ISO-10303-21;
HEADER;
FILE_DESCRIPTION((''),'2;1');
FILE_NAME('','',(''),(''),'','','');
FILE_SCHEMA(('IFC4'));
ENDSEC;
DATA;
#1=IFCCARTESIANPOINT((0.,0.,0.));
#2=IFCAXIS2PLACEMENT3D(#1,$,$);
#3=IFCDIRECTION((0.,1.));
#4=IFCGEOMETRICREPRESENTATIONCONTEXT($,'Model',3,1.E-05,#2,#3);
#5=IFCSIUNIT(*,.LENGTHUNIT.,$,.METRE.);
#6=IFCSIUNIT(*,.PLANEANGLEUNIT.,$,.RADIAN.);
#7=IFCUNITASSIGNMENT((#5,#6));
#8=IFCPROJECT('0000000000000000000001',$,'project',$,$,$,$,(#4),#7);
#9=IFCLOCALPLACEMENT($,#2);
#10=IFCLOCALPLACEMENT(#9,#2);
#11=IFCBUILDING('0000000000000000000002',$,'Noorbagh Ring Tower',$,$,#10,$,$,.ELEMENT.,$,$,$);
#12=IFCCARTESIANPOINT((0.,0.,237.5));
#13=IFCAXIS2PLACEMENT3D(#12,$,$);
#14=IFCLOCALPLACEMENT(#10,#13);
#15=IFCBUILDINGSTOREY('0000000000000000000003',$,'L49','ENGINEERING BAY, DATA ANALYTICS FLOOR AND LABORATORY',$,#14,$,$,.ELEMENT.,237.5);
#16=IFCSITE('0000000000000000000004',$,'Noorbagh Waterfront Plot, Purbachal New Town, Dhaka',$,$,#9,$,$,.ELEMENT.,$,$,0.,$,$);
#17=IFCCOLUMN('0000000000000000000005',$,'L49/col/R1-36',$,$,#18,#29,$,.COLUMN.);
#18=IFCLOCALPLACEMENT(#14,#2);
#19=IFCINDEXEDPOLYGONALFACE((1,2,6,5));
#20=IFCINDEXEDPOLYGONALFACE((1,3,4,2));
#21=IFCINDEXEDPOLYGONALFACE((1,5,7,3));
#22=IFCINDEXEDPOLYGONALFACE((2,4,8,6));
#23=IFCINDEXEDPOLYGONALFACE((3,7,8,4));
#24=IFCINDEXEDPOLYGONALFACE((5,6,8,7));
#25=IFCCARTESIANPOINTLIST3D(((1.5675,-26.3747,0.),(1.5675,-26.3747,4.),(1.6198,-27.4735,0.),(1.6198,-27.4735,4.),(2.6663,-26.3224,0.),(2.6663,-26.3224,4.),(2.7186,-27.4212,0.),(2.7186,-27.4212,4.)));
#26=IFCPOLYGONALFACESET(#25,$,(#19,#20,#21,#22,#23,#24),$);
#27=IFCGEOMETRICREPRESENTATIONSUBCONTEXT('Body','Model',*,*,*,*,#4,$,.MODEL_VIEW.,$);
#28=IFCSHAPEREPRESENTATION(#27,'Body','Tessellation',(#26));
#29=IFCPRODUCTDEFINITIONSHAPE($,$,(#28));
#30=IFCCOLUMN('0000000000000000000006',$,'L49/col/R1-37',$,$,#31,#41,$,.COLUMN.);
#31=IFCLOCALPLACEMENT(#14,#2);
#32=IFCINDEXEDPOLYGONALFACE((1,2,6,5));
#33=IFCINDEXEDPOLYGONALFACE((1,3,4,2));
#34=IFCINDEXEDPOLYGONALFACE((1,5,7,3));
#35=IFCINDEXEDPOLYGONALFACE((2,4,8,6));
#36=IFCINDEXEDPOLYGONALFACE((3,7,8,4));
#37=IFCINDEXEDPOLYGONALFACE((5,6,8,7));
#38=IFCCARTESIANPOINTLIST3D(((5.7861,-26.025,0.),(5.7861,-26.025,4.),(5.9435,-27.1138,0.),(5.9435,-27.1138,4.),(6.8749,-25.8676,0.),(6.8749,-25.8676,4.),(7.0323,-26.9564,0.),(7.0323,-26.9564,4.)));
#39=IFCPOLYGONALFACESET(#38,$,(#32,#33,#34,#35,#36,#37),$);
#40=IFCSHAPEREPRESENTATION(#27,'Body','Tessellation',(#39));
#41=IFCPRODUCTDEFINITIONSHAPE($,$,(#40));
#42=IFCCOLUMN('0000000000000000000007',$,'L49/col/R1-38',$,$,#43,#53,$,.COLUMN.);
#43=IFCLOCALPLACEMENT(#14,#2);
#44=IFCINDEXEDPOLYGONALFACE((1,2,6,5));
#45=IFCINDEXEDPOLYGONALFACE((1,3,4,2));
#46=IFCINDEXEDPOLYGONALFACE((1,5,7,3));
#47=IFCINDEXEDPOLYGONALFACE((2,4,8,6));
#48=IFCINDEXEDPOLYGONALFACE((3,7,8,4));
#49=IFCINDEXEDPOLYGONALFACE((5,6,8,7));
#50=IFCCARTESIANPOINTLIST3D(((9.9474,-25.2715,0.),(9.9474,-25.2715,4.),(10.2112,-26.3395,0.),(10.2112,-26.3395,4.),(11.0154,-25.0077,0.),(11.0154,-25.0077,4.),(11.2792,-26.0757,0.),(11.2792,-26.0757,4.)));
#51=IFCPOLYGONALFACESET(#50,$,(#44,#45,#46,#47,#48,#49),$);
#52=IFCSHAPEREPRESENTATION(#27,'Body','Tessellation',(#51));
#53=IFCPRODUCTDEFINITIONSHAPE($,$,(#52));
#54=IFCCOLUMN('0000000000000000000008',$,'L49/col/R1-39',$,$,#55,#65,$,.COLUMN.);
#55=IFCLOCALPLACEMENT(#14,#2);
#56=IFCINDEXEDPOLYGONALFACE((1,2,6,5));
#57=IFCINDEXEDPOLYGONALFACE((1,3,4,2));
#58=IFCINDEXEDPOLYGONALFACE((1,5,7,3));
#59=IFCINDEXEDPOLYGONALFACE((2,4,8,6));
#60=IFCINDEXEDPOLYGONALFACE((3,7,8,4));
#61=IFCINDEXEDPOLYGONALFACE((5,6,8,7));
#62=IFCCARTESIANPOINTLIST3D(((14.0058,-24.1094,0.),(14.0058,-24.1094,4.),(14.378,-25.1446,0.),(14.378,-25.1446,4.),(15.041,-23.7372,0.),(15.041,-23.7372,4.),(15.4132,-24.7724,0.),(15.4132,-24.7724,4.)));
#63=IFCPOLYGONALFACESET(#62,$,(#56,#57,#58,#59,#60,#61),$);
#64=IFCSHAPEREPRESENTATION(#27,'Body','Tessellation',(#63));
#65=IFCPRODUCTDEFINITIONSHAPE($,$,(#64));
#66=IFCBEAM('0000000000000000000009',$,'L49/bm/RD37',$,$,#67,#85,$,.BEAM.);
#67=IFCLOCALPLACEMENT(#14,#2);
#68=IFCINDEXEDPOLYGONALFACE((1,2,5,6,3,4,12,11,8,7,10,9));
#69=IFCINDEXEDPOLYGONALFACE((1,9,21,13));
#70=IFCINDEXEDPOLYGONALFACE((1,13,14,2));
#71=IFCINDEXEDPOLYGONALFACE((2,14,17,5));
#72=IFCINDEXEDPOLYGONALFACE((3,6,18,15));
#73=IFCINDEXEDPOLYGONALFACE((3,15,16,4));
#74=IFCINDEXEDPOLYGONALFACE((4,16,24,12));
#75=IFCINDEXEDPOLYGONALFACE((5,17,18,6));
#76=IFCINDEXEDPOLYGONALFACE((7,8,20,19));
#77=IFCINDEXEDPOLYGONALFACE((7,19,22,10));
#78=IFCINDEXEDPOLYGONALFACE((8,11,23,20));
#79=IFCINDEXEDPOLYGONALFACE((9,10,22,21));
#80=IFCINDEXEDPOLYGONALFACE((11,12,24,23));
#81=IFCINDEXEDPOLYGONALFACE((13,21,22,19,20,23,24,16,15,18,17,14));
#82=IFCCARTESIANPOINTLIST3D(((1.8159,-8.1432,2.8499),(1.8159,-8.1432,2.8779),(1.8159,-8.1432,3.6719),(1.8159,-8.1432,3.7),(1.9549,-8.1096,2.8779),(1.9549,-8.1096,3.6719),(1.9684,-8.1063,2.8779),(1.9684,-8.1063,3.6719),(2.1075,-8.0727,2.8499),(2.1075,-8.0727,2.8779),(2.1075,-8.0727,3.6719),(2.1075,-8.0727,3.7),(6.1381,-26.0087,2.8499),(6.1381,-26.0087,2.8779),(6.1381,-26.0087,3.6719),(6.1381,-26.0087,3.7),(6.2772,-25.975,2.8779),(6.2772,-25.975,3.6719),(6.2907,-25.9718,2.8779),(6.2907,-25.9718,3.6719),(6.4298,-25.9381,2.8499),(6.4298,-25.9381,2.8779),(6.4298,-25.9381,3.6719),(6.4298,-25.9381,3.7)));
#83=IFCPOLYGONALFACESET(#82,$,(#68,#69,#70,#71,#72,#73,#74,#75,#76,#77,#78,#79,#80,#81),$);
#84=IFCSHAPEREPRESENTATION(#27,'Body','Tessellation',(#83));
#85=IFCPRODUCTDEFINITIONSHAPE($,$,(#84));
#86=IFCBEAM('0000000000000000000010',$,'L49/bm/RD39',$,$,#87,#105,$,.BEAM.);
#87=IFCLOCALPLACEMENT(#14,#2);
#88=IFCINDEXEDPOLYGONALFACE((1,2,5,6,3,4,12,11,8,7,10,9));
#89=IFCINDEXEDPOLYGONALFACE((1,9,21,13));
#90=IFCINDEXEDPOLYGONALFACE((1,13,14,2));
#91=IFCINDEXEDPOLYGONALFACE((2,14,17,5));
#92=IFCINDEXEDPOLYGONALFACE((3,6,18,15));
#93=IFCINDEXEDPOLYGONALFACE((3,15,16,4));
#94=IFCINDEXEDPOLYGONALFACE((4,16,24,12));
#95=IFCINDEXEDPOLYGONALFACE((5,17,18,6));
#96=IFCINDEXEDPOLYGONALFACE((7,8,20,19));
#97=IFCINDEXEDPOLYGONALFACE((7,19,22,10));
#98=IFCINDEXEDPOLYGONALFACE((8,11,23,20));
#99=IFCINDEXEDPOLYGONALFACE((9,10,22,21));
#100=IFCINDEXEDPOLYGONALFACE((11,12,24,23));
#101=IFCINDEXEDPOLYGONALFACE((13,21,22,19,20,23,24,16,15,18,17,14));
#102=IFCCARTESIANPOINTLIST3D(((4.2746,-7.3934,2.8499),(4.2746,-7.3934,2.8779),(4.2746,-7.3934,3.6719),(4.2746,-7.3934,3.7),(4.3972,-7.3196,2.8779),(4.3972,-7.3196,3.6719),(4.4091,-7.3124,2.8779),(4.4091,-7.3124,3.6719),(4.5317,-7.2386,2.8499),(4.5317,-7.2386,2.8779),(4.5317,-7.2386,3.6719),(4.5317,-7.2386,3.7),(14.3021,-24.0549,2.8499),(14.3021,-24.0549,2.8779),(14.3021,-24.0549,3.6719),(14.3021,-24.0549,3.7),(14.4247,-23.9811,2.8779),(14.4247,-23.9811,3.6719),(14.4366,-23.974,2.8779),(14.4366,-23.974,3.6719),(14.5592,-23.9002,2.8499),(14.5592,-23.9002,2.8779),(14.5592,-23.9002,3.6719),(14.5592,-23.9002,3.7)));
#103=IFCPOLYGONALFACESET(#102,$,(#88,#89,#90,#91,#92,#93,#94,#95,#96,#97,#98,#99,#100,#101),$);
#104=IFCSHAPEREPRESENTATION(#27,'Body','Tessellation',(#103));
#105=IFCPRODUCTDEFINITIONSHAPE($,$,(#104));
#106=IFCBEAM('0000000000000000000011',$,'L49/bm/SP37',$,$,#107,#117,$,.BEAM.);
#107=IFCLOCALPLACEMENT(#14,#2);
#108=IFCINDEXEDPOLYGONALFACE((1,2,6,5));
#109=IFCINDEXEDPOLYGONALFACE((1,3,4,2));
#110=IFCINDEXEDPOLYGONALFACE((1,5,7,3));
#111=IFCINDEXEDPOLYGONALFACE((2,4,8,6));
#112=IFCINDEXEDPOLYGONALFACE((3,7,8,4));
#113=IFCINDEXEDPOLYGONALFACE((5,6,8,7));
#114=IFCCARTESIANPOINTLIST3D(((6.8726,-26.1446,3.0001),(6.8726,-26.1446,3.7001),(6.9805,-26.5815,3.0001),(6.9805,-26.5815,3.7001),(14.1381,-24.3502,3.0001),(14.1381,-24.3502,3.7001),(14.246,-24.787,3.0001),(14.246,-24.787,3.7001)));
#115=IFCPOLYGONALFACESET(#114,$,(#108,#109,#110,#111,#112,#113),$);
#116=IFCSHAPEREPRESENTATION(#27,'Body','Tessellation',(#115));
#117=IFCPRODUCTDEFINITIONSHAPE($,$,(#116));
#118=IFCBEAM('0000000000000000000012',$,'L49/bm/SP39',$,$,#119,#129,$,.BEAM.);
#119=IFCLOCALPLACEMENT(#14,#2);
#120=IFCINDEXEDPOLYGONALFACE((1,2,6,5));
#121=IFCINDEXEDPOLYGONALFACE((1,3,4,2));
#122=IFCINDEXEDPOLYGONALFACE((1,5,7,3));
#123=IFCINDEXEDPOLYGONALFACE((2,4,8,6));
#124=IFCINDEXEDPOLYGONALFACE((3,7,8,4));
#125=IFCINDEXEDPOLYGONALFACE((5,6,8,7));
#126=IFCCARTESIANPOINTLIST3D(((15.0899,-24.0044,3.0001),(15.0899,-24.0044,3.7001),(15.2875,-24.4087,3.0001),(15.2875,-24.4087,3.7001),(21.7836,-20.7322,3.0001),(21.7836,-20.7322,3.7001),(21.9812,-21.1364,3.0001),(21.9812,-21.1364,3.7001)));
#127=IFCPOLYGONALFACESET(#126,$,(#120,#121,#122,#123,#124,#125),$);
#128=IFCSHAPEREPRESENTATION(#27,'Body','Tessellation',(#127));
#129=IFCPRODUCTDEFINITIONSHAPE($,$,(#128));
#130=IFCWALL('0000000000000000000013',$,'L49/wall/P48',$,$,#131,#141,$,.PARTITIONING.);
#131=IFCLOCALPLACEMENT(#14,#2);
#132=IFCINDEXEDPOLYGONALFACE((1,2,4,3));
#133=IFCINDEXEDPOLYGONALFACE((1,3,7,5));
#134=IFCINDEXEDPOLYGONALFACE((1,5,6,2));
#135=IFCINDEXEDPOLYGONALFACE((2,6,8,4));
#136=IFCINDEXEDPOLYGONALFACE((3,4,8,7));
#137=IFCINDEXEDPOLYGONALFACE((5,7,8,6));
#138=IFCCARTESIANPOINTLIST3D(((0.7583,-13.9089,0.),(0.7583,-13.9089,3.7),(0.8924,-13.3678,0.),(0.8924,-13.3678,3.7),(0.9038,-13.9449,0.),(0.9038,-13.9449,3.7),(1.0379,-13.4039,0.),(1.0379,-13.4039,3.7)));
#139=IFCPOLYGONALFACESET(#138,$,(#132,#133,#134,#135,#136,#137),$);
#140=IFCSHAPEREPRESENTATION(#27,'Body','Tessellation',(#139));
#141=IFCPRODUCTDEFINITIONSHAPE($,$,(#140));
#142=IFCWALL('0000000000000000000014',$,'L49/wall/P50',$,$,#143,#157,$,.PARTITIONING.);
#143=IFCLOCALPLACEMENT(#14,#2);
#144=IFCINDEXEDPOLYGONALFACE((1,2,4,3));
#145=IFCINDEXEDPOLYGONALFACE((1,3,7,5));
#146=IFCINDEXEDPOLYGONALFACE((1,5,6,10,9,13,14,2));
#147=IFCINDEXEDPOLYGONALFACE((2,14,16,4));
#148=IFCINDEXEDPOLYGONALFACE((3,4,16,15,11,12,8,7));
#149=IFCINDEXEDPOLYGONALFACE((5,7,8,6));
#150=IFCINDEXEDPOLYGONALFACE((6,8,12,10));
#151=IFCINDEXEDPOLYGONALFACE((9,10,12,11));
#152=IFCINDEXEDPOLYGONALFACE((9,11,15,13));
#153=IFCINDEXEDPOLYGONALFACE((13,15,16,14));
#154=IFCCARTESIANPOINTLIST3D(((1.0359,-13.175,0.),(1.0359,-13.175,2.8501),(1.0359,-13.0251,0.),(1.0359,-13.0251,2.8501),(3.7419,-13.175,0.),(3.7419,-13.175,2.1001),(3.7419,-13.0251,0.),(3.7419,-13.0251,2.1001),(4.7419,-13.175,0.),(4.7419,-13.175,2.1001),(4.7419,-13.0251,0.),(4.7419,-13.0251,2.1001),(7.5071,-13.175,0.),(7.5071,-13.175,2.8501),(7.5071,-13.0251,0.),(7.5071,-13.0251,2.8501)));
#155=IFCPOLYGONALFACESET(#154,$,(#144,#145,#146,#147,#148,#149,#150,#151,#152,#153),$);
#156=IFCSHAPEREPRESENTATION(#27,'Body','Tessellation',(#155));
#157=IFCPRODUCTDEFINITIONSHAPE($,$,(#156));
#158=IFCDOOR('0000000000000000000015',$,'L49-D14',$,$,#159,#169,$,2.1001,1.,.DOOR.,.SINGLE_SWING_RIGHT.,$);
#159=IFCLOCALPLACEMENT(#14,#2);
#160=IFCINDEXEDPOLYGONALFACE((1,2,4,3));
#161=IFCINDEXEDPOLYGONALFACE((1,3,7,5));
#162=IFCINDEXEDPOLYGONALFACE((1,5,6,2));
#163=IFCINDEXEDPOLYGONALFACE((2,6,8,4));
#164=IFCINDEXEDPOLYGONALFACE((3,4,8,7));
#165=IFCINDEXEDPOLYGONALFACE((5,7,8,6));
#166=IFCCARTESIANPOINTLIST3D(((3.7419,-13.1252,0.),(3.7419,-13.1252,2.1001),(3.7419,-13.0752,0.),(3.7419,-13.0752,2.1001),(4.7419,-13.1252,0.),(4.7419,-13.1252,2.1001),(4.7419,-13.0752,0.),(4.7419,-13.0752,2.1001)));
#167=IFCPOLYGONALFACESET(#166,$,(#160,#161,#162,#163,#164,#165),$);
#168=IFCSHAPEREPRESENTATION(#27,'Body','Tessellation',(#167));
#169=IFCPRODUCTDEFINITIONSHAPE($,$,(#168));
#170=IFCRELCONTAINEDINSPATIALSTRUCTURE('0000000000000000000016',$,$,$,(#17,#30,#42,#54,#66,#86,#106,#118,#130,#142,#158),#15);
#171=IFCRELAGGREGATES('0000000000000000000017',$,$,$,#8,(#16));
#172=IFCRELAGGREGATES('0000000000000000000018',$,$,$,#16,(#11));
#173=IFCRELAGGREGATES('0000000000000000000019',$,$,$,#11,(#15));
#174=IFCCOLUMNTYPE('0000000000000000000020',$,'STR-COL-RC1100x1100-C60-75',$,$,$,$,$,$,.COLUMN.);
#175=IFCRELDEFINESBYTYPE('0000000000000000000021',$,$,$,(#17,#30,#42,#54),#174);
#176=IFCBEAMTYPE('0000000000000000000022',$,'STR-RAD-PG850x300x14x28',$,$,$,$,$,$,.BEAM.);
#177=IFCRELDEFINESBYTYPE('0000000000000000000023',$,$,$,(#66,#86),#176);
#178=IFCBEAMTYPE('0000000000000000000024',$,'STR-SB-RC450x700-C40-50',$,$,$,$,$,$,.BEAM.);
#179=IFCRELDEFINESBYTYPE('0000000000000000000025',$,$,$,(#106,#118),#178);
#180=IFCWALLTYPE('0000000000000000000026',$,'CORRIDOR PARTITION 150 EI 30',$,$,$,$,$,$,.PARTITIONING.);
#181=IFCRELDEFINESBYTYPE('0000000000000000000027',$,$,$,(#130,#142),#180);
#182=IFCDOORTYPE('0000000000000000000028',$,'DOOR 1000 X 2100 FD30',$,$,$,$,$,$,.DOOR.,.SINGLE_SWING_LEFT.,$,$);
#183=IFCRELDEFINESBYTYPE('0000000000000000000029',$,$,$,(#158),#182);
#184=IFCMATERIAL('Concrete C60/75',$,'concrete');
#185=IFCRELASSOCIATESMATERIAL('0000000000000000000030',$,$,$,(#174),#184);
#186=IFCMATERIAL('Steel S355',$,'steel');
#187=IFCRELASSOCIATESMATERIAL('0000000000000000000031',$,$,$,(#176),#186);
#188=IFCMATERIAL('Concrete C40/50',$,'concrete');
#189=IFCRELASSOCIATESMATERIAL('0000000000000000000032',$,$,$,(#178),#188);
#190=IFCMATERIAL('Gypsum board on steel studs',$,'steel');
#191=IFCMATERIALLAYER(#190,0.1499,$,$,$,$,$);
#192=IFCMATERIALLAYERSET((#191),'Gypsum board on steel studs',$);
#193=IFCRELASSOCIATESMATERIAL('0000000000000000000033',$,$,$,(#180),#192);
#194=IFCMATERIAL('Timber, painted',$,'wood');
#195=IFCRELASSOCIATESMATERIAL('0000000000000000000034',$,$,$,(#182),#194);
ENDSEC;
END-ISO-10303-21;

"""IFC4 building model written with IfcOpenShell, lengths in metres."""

from ifc_helpers import new_model, si_unit, direction, frame, frame_2d, origin, origin_2d, place, context, subcontext, project, spatial, rectangle, i_section, extrude, material, layer, layer_set, material_profile, profile_set, type_object, element, fill, save


model = new_model("IFC4")

# Units and contexts
model_context = context("Model", 3, precision=1e-05, world=origin(), true_north=direction((0.0, 1.0)))
body_context = subcontext(model_context, "Body", "Model", "MODEL_VIEW")
ifc_project = project(units=[si_unit("LENGTHUNIT", "METRE"), si_unit("PLANEANGLEUNIT", "RADIAN")], contexts=[model_context])

# Site, building, storey
site_placement = place(None, origin())
site = spatial("IfcSite", under=ifc_project, at=site_placement, Name="Noorbagh Waterfront Plot, Purbachal New Town, Dhaka", CompositionType="ELEMENT", RefElevation=0.0)
building_placement = place(site_placement, origin())
building = spatial("IfcBuilding", under=site, at=building_placement, Name="Noorbagh Ring Tower", CompositionType="ELEMENT")
storey_placement = place(building_placement, frame((0.0, 0.0, 237.5)))
storey = spatial("IfcBuildingStorey", under=building, at=storey_placement, Name="L49", Description="ENGINEERING BAY, DATA ANALYTICS FLOOR AND LABORATORY", CompositionType="ELEMENT", Elevation=237.5)

# Columns
ifc_material_1 = material(Name="Concrete C60/75", Category="concrete")
ifc_material_profile_1 = material_profile(ifc_material_1, rectangle(XDim=1.1001, YDim=1.1001, at=origin_2d()), Name="RC1100x1100")
ifc_profile_set_1 = profile_set([ifc_material_profile_1], Name="Concrete C60/75")
column_type = type_object("IfcColumnType", Name="STR-COL-RC1100x1100-C60-75", PredefinedType="COLUMN", material=ifc_profile_set_1)
for number, where, z_axis, x_axis, name in (
    (1, (2.1431, -26.8979, 0.0), (0.0, 0.0, 1.0), (0.998869, 0.047553, 0.0), "L49/col/R1-36"),
    (2, (6.4092, -26.4907, 0.0), (0.0, 0.0, 1.0), (0.989713, 0.143066, 0.0), "L49/col/R1-37"),
    (3, (10.6133, -25.6736, 0.0), (0.0, 0.0, 1.0), (0.970829, 0.239771, 0.0), "L49/col/R1-38"),
    (4, (14.7095, -24.4409, 0.0), (0.0, 0.0, 1.0), (0.941025, 0.338338, 0.0), "L49/col/R1-39"),
):
    element("IfcColumn", number, at=place(storey_placement, frame(where, z_axis=z_axis, x_axis=x_axis)), inside=storey, type_object=column_type, Name=name, PredefinedType="COLUMN", context=body_context, shape_type="SweptSolid", body=[
        extrude(rectangle(XDim=1.1001, YDim=1.1001, at=origin_2d()), origin(), (0.0, 0.0, 1.0), 4.0),
    ])

# Beams
ifc_material_2 = material(Name="Steel S355", Category="steel")
ifc_material_profile_2 = material_profile(ifc_material_2, i_section(OverallWidth=0.3, OverallDepth=0.8501, WebThickness=0.0139, FlangeThickness=0.0281, at=origin_2d()), Name="PG850x300x14x28")
ifc_profile_set_2 = profile_set([ifc_material_profile_2], Name="Steel S355")
beam_type_1 = type_object("IfcBeamType", Name="STR-RAD-PG850x300x14x28", PredefinedType="BEAM", material=ifc_profile_set_2)
beam_1_placement = place(storey_placement, frame((6.2839, -25.9734, 3.2749), z_axis=(-0.23515, 0.971959, 0.0), x_axis=(-0.971959, -0.23515, 0.0)))
element("IfcBeam", 5, at=beam_1_placement, inside=storey, type_object=beam_type_1, Name="L49/bm/RD37", PredefinedType="BEAM", context=body_context, shape_type="SweptSolid", body=[
    extrude(i_section(OverallWidth=0.3, OverallDepth=0.8501, WebThickness=0.0139, FlangeThickness=0.0281, at=origin_2d()), origin(), (0.0, 0.0, 1.0), 18.3809),
])
beam_2_placement = place(storey_placement, frame((14.4307, -23.9775, 3.2749), z_axis=(-0.515653, 0.856798, 0.0), x_axis=(-0.856798, -0.515653, 0.0)))
element("IfcBeam", 6, at=beam_2_placement, inside=storey, type_object=beam_type_1, Name="L49/bm/RD39", PredefinedType="BEAM", context=body_context, shape_type="SweptSolid", body=[
    extrude(i_section(OverallWidth=0.3, OverallDepth=0.8501, WebThickness=0.0139, FlangeThickness=0.0281, at=origin_2d()), origin(), (0.0, 0.0, 1.0), 19.4463),
])
ifc_material_3 = material(Name="Concrete C40/50", Category="concrete")
ifc_material_profile_3 = material_profile(ifc_material_3, rectangle(XDim=0.45, YDim=0.7, at=origin_2d()), Name="RC450x700")
ifc_profile_set_3 = profile_set([ifc_material_profile_3], Name="Concrete C40/50")
beam_type_2 = type_object("IfcBeamType", Name="STR-SB-RC450x700-C40-50", PredefinedType="BEAM", material=ifc_profile_set_3)
beam_3_placement = place(storey_placement, frame((6.9265, -26.363, 3.3501), z_axis=(0.970829, 0.239771, 0.0), x_axis=(-0.239771, 0.970829, 0.0)))
element("IfcBeam", 7, at=beam_3_placement, inside=storey, type_object=beam_type_2, Name="L49/bm/SP37", PredefinedType="BEAM", context=body_context, shape_type="SweptSolid", body=[
    extrude(rectangle(XDim=0.45, YDim=0.7, at=origin_2d()), origin(), (0.0, 0.0, 1.0), 7.4839),
])
beam_4_placement = place(storey_placement, frame((15.1887, -24.2065, 3.3501), z_axis=(0.898396, 0.439187, 0.0), x_axis=(-0.439187, 0.898396, 0.0)))
element("IfcBeam", 8, at=beam_4_placement, inside=storey, type_object=beam_type_2, Name="L49/bm/SP39", PredefinedType="BEAM", context=body_context, shape_type="SweptSolid", body=[
    extrude(rectangle(XDim=0.45, YDim=0.7, at=origin_2d()), origin(), (0.0, 0.0, 1.0), 7.4507),
])

# Wall
ifc_material_4 = material(Name="Gypsum board on steel studs", Category="steel")
ifc_layer_1 = layer(ifc_material_4, 0.1499)
ifc_layer_set_1 = layer_set([ifc_layer_1], Name="Gypsum board on steel studs")
wall_type_1 = type_object("IfcWallType", Name="CORRIDOR PARTITION 150 EI 30", PredefinedType="PARTITIONING", material=ifc_layer_set_1)
wall_1_placement = place(storey_placement, frame((0.8311, -13.927, 0.0), z_axis=(0.0, 0.0, 1.0), x_axis=(0.240474, 0.970656, 0.0)))
element("IfcWall", 9, at=wall_1_placement, inside=storey, type_object=wall_type_1, Name="L49/wall/P48", PredefinedType="PARTITIONING", context=body_context, shape_type="SweptSolid", body=[
    extrude(rectangle(XDim=0.5574, YDim=0.1499, at=frame_2d((0.2788, 0.0))), origin(), (0.0, 0.0, 1.0), 3.7),
])

# Wall, opening, door
wall_2_placement = place(storey_placement, frame((1.0359, -13.1001, 0.0), z_axis=(0.0, 0.0, 1.0), x_axis=(1.0, 0.0, 0.0)))
wall_2 = element("IfcWall", 10, at=wall_2_placement, inside=storey, type_object=wall_type_1, Name="L49/wall/P50", PredefinedType="PARTITIONING", context=body_context, shape_type="SweptSolid", body=[
    extrude(rectangle(XDim=6.4712, YDim=0.1499, at=frame_2d((3.2356, 0.0))), origin(), (0.0, 0.0, 1.0), 2.8501),
])
opening_1_placement = place(wall_2_placement, frame((2.7061, 0.0, 0.0)))
opening_1 = element("IfcOpeningElement", 11, at=opening_1_placement, cuts=wall_2, PredefinedType="OPENING", context=body_context, shape_type="SweptSolid", body=[
    extrude(rectangle(XDim=1.0, YDim=2.1001, at=frame_2d((0.5, 1.05))), frame((0.0, 0.085, 0.0), z_axis=(0.0, -1.0, 0.0), x_axis=(1.0, 0.0, 0.0)), (0.0, 0.0, 1.0), 0.1699),
])
ifc_material_5 = material(Name="Timber, painted", Category="wood")
door_type = type_object("IfcDoorType", Name="DOOR 1000 X 2100 FD30", OperationType="SINGLE_SWING_LEFT", PredefinedType="DOOR", material=ifc_material_5)
door_1_placement = place(opening_1_placement, origin())
door_1 = element("IfcDoor", 12, at=door_1_placement, inside=storey, type_object=door_type, Name="L49-D14", OperationType="SINGLE_SWING_RIGHT", OverallHeight=2.1001, OverallWidth=1.0, PredefinedType="DOOR", context=body_context, shape_type="SweptSolid", body=[
    extrude(rectangle(XDim=1.0, YDim=2.1001, at=frame_2d((0.5, 1.05))), frame((0.0, 0.0249, 0.0), z_axis=(0.0, -1.0, 0.0), x_axis=(1.0, 0.0, 0.0)), (0.0, 0.0, 1.0), 0.05),
])
fill(opening_1, door_1)

save(model, "model.ifc")
